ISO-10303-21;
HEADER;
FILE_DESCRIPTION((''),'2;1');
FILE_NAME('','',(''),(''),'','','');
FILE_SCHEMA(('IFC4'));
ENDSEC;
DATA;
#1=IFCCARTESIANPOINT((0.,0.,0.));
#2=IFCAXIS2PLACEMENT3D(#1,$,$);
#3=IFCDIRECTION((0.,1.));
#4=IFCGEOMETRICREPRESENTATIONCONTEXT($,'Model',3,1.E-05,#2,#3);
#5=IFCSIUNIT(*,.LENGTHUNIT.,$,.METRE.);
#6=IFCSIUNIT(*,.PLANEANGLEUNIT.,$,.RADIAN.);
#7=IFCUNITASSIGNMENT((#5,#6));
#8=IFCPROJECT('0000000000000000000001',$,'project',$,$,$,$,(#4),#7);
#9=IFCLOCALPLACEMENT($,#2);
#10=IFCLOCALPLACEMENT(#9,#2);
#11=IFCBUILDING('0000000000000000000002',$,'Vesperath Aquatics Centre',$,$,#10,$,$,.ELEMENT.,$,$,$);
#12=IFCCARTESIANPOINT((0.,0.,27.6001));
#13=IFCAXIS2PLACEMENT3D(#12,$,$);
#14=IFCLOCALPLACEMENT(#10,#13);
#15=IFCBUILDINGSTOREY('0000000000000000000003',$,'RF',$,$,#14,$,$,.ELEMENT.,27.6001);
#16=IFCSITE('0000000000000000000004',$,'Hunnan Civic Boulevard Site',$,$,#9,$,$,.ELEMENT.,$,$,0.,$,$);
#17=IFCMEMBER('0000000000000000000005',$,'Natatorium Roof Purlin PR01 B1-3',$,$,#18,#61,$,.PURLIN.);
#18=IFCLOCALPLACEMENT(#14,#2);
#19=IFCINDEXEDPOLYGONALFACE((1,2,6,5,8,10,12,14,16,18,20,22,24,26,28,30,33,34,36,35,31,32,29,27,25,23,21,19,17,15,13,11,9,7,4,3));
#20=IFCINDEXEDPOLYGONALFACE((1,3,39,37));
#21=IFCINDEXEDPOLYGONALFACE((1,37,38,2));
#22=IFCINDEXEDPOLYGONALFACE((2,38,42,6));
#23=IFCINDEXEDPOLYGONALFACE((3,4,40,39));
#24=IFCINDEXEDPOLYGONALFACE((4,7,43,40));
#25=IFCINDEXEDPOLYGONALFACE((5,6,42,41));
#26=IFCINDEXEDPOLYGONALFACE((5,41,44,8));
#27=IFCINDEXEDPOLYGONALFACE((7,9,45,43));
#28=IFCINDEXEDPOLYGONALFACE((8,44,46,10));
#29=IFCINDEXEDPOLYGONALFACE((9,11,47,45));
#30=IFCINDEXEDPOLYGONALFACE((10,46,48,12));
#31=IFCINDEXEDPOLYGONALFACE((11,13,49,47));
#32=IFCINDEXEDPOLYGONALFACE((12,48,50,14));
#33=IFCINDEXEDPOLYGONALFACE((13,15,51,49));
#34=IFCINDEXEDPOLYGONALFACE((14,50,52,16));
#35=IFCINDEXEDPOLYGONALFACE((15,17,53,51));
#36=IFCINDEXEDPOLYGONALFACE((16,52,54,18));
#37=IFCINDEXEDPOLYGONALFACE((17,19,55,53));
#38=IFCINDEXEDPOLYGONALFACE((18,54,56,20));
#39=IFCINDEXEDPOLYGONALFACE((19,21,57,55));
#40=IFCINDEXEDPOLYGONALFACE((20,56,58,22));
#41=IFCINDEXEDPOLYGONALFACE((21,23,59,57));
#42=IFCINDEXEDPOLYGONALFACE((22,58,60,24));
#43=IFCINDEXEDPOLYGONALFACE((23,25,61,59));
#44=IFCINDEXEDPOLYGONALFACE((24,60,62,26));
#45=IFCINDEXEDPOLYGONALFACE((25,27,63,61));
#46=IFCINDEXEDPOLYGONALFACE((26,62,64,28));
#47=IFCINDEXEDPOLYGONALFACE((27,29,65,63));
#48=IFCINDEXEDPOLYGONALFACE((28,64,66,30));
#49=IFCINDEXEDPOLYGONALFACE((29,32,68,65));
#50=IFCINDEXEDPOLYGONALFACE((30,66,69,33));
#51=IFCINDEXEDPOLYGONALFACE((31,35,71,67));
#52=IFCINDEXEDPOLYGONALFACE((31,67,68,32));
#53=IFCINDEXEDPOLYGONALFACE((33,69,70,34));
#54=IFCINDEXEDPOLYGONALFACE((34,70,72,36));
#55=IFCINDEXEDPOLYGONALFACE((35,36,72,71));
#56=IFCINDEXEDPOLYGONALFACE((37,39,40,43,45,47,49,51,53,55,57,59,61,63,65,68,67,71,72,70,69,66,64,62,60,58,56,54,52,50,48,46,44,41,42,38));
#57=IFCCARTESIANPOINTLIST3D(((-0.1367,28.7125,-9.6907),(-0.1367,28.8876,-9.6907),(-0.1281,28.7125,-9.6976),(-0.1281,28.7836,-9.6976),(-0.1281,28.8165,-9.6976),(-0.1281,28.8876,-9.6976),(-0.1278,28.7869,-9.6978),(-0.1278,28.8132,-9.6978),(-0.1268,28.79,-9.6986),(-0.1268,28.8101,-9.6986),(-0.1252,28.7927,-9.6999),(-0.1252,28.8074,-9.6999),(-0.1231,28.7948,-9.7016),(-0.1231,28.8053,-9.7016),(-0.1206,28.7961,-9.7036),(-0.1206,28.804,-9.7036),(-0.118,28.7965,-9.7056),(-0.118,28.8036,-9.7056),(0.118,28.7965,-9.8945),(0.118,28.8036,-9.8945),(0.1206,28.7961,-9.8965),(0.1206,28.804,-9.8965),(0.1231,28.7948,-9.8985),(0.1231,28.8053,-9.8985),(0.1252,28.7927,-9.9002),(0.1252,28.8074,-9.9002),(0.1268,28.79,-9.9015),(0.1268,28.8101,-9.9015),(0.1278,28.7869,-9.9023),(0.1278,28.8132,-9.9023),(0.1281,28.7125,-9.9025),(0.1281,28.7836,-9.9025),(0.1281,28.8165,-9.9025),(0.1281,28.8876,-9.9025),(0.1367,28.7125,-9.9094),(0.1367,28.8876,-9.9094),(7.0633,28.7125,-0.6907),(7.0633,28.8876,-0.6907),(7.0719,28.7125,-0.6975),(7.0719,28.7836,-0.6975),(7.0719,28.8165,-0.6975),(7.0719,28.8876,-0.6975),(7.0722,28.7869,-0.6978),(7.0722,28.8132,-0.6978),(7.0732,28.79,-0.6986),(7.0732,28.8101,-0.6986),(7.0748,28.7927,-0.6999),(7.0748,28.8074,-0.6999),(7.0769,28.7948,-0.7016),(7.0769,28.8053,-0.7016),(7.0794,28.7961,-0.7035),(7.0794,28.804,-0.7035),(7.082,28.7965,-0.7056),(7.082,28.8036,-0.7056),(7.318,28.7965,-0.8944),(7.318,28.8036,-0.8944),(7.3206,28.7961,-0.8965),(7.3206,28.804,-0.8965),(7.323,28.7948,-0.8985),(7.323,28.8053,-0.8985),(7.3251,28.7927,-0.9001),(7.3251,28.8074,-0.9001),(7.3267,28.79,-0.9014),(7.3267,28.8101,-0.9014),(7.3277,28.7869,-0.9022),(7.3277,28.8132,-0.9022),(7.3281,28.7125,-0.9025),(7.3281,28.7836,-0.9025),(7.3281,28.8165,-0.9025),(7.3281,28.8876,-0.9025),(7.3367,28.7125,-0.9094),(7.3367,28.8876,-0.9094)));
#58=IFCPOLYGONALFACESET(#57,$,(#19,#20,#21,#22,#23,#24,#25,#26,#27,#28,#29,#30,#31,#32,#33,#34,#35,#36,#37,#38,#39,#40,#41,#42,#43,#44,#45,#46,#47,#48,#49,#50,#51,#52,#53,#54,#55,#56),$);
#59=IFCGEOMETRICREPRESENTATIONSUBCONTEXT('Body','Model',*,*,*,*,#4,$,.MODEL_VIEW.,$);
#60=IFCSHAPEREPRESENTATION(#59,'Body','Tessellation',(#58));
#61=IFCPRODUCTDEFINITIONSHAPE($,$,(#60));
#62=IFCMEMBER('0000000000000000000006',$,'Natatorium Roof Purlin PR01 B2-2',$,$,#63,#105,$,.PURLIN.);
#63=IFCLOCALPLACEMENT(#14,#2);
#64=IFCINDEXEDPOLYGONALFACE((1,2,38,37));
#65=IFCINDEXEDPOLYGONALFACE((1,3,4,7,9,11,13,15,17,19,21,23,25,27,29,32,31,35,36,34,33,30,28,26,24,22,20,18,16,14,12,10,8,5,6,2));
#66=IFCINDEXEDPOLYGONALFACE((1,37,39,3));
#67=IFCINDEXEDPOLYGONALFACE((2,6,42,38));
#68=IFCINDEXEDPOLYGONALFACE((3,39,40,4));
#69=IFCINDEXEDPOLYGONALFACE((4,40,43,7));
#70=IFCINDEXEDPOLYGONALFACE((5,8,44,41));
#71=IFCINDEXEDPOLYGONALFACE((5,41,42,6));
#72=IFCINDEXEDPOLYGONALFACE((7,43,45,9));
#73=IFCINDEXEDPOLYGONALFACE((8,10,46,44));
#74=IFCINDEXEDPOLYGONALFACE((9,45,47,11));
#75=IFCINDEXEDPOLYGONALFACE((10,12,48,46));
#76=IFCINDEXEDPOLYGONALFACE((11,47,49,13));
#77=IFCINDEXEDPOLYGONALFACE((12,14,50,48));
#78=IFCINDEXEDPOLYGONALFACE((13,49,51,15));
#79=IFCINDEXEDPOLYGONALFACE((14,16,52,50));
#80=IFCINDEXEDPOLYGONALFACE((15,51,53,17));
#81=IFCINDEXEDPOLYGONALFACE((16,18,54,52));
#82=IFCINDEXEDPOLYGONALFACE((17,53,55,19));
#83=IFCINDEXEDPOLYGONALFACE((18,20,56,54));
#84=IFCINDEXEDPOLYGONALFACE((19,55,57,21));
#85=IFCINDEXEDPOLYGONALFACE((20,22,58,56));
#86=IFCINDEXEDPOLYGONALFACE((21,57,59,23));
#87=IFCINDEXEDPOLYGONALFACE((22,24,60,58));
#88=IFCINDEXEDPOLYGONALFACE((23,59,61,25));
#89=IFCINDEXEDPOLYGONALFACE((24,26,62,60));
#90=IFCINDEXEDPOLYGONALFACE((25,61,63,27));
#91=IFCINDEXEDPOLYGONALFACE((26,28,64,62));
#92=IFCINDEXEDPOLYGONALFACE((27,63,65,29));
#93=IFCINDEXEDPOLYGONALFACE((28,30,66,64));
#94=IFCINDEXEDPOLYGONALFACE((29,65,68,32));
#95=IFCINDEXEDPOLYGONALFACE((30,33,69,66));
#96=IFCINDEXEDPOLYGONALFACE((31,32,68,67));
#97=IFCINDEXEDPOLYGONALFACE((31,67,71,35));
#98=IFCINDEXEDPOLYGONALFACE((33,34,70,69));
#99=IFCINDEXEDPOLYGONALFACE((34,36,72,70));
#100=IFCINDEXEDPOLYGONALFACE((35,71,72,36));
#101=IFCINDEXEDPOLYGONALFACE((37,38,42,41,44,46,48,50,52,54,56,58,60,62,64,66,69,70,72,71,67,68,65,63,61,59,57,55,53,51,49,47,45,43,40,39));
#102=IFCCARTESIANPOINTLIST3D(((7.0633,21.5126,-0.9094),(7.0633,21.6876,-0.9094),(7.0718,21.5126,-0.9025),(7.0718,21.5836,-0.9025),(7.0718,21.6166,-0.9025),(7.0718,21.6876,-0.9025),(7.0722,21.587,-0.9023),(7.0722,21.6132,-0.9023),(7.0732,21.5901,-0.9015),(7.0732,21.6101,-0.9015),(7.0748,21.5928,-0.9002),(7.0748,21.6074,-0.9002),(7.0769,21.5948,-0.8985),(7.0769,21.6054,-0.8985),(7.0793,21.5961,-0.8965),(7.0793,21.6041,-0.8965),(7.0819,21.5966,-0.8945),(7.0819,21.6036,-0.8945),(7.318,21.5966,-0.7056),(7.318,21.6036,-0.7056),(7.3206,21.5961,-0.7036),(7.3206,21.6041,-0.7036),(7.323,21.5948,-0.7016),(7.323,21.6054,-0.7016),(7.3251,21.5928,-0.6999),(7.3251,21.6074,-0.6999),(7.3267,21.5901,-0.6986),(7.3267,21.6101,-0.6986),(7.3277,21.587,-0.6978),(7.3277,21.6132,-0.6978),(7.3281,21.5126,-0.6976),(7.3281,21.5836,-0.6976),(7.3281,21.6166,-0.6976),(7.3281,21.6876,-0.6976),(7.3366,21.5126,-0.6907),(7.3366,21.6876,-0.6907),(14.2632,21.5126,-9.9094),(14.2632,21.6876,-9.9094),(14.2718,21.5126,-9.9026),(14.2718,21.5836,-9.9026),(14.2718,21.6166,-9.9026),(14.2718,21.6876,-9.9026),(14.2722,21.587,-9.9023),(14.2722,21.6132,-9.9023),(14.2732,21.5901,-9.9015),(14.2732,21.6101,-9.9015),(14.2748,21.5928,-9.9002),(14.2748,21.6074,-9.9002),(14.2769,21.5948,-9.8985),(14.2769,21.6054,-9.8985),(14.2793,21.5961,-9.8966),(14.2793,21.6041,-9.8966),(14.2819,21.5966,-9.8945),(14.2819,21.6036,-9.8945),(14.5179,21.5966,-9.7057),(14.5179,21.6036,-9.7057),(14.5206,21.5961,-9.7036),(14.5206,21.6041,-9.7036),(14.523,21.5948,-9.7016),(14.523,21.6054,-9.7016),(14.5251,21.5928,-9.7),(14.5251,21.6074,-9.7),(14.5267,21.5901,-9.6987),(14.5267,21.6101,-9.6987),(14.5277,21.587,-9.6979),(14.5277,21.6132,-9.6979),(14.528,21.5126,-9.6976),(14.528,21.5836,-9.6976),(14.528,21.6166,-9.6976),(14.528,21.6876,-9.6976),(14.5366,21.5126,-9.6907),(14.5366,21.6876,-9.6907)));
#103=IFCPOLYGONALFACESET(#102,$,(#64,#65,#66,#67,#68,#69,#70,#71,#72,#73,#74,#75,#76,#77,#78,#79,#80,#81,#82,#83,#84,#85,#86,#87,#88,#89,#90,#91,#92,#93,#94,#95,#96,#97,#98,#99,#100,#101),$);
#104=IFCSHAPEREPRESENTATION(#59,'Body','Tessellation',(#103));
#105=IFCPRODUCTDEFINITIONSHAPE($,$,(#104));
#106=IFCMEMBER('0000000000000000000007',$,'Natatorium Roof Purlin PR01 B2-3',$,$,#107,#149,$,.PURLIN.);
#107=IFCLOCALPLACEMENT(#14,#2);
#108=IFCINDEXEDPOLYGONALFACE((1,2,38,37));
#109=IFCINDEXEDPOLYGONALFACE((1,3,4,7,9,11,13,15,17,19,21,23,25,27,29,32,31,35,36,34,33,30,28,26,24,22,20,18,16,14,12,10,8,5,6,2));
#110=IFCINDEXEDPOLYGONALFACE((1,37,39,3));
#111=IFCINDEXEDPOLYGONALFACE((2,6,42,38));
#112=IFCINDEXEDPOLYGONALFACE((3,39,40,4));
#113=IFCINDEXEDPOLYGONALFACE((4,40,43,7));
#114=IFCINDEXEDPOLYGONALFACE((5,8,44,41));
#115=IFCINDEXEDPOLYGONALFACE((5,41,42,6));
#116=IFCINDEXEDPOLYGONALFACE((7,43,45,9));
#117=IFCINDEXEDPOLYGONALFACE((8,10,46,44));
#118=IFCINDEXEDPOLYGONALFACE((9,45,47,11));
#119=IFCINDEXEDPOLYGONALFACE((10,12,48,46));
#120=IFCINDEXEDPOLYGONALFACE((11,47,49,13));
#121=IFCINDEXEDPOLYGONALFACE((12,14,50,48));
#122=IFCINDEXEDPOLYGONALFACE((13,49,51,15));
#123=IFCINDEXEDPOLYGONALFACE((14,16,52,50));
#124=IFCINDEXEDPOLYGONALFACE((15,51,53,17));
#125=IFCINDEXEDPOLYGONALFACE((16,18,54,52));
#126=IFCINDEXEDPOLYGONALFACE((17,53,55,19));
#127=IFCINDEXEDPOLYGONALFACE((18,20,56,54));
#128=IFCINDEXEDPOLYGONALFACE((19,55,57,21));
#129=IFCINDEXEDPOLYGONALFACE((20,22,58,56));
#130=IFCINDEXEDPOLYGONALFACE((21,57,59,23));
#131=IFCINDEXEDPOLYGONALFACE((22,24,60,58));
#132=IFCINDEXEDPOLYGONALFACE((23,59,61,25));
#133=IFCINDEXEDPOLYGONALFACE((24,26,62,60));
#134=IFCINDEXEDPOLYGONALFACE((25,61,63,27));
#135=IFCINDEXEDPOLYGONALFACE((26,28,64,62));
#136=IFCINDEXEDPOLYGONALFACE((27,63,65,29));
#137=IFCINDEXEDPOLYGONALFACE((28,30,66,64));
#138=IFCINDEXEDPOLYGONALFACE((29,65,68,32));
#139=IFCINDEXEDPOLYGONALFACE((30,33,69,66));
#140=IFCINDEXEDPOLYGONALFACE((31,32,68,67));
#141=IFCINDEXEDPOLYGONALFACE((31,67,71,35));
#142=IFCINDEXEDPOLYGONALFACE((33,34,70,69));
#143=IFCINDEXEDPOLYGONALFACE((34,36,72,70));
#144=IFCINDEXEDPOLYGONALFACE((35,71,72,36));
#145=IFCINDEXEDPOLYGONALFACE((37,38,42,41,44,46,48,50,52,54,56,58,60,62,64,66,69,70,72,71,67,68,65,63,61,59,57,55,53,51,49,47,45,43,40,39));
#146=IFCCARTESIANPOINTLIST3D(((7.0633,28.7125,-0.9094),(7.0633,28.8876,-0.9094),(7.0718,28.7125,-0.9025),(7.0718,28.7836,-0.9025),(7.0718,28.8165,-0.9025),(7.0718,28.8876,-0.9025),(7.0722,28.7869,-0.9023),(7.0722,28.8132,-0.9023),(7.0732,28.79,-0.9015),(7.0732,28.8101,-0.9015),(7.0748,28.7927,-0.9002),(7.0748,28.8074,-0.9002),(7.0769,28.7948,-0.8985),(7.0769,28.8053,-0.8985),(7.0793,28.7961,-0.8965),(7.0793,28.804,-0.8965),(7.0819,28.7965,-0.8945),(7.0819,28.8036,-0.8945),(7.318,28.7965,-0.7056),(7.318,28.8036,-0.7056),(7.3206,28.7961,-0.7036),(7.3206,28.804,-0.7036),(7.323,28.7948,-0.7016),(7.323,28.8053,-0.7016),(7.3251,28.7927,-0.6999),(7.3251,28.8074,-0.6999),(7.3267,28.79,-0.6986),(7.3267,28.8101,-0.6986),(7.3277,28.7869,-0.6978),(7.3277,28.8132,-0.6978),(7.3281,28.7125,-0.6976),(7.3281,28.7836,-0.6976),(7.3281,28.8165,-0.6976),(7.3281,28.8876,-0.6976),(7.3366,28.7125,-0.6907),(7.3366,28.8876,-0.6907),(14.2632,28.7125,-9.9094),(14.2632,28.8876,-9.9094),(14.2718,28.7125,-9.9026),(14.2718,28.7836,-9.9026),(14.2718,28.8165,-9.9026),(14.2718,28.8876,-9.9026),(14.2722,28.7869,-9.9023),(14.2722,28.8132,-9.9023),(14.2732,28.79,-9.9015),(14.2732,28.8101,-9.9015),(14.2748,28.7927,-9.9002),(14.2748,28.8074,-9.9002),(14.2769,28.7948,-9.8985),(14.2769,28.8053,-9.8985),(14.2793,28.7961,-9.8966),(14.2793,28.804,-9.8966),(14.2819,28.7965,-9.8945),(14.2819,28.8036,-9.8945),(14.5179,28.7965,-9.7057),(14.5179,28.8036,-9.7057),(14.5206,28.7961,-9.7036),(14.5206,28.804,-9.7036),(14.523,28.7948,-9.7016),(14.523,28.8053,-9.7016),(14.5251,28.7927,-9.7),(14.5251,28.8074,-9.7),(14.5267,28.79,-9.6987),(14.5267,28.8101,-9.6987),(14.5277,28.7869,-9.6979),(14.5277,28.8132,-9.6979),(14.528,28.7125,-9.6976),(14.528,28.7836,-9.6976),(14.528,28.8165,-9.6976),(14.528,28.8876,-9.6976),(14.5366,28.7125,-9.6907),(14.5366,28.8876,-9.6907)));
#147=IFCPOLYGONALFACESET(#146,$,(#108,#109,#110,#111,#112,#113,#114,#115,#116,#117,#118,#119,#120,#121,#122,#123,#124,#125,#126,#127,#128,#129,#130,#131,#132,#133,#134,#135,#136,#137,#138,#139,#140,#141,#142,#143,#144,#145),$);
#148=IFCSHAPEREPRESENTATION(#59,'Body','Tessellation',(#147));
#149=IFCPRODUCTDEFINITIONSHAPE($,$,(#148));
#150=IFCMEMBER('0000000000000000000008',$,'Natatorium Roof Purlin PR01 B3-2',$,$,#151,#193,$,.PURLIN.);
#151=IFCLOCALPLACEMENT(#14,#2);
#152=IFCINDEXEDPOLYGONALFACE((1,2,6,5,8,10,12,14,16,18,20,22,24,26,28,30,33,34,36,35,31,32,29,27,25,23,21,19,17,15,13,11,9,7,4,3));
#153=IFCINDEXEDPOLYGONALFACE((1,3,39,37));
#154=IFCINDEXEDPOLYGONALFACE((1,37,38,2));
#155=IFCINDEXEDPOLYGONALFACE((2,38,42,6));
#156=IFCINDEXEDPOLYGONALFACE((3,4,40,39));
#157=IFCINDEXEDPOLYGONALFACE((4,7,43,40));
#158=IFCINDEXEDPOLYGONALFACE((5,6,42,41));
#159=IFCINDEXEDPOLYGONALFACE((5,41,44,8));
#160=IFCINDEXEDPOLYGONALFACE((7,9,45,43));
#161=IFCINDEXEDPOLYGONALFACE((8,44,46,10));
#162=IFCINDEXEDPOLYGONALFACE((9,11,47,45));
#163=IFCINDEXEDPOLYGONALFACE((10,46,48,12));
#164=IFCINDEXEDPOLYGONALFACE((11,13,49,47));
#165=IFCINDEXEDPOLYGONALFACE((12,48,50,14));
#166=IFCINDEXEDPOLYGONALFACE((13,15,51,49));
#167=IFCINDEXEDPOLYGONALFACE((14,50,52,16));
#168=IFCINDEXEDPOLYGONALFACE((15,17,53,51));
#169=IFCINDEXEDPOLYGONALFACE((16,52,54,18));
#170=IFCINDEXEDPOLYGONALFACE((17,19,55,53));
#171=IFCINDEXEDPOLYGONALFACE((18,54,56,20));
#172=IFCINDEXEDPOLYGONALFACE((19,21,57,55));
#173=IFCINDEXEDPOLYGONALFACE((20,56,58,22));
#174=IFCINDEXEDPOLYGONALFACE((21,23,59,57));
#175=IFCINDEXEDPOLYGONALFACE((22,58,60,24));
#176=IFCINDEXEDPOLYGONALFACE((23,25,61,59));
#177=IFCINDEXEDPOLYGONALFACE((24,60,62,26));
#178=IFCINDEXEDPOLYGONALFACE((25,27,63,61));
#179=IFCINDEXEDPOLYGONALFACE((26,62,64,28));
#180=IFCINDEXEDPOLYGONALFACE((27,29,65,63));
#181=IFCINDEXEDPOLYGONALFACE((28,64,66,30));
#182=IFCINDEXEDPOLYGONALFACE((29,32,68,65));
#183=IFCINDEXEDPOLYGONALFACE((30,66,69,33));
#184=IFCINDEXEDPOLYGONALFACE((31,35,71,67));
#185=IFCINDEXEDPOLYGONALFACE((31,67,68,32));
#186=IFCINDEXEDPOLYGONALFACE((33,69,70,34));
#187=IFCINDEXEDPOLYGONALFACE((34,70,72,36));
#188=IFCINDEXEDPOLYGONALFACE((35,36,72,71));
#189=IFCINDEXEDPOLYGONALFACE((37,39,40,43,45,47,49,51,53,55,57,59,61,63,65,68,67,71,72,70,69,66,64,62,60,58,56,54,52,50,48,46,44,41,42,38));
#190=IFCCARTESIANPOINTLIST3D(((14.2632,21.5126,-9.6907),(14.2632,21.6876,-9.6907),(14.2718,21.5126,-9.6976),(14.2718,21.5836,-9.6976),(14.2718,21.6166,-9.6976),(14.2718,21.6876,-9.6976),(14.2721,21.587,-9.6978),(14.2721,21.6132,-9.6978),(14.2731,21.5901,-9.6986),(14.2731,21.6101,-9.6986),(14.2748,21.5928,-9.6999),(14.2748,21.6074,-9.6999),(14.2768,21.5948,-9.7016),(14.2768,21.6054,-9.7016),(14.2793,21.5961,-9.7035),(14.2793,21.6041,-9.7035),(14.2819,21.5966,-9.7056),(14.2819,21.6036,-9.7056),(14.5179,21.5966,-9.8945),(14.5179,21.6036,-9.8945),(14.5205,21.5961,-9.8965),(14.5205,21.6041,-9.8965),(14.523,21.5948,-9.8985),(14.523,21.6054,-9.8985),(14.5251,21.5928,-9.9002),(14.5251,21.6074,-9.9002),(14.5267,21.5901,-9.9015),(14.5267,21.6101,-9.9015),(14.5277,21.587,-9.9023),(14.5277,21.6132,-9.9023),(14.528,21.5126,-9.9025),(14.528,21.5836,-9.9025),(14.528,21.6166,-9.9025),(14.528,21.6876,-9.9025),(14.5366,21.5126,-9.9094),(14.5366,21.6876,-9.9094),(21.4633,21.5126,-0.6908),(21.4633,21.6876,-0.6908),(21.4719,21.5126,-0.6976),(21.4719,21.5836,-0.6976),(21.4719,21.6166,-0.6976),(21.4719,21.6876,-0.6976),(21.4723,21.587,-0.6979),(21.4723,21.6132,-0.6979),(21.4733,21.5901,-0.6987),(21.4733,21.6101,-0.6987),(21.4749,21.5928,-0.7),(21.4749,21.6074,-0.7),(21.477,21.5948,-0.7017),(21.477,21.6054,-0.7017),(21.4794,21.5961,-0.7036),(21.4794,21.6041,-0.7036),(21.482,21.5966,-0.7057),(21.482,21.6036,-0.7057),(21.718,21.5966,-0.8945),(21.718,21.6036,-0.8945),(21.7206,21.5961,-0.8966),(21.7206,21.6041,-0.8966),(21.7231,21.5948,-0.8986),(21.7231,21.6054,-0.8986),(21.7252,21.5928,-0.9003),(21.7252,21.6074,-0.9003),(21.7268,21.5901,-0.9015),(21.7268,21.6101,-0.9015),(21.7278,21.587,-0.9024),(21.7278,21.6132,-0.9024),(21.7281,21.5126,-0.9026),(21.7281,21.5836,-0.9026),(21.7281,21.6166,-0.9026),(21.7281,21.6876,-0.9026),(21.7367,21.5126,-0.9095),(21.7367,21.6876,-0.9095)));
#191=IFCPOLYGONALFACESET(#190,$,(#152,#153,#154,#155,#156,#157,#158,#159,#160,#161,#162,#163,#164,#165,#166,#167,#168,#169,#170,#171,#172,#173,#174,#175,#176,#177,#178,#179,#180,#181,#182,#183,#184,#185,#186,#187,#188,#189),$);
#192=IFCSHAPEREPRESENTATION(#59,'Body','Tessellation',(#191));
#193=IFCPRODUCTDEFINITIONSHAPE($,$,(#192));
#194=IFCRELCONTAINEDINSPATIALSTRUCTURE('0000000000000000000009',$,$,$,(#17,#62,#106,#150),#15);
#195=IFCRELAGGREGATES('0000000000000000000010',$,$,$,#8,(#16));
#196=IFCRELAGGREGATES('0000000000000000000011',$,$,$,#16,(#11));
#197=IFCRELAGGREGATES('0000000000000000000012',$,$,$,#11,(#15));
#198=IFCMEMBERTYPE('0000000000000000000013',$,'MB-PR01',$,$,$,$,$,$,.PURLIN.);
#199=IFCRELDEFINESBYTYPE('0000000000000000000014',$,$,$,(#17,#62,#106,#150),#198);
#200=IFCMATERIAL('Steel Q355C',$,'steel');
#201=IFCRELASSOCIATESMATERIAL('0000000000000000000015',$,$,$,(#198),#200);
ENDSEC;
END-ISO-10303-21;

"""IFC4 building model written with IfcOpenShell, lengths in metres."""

from ifc_helpers import new_model, si_unit, direction, frame, origin, origin_2d, place, context, subcontext, project, spatial, i_section, extrude, material, material_profile, profile_set, type_object, element, save


model = new_model("IFC4")

# Units and contexts
model_context = context("Model", 3, precision=1e-05, world=origin(), true_north=direction((0.0, 1.0)))
body_context = subcontext(model_context, "Body", "Model", "MODEL_VIEW")
ifc_project = project(units=[si_unit("LENGTHUNIT", "METRE"), si_unit("PLANEANGLEUNIT", "RADIAN")], contexts=[model_context])

# Site, building, storey
site_placement = place(None, origin())
site = spatial("IfcSite", under=ifc_project, at=site_placement, Name="Hunnan Civic Boulevard Site", CompositionType="ELEMENT", RefElevation=0.0)
building_placement = place(site_placement, origin())
building = spatial("IfcBuilding", under=site, at=building_placement, Name="Vesperath Aquatics Centre", CompositionType="ELEMENT")
storey_placement = place(building_placement, frame((0.0, 0.0, 27.6001)))
storey = spatial("IfcBuildingStorey", under=building, at=storey_placement, Name="RF", CompositionType="ELEMENT", Elevation=27.6001)

# Shared definitions
ifc_material_1 = material(Name="Steel Q355C", Category="steel")

# Members
ifc_material_profile_1 = material_profile(ifc_material_1, i_section(OverallWidth=0.175, OverallDepth=0.3501, WebThickness=0.0071, FlangeThickness=0.011, FilletRadius=0.0129, at=origin_2d()), Name="HN 350x175x7x11")
ifc_profile_set_1 = profile_set([ifc_material_profile_1], Name="Steel Q355C")
member_type_1 = type_object("IfcMemberType", Name="MB-PR01", PredefinedType="PURLIN", material=ifc_profile_set_1)
for number, where, z_axis, x_axis, name in (
    (1, (0.0, 28.8, -9.8), (0.624692, 0.0, 0.780871), (0.0, 1.0, 0.0), "Natatorium Roof Purlin PR01 B1-3"),
    (2, (7.2, 21.6001, -0.8), (0.624692, 0.0, -0.780871), (0.0, 1.0, 0.0), "Natatorium Roof Purlin PR01 B2-2"),
    (3, (7.2, 28.8, -0.8), (0.624692, 0.0, -0.780871), (0.0, 1.0, 0.0), "Natatorium Roof Purlin PR01 B2-3"),
    (4, (14.3999, 21.6001, -9.8), (0.624705, 0.0, 0.780861), (0.0, 1.0, 0.0), "Natatorium Roof Purlin PR01 B3-2"),
):
    element("IfcMember", number, at=place(storey_placement, frame(where, z_axis=z_axis, x_axis=x_axis)), inside=storey, type_object=member_type_1, Name=name, PredefinedType="PURLIN", context=body_context, shape_type="SweptSolid", body=[
        extrude(i_section(OverallWidth=0.175, OverallDepth=0.3501, WebThickness=0.0071, FlangeThickness=0.011, FilletRadius=0.0129, at=origin_2d()), origin(), (0.0, 0.0, 1.0), 11.5256),
    ])

save(model, "model.ifc")
